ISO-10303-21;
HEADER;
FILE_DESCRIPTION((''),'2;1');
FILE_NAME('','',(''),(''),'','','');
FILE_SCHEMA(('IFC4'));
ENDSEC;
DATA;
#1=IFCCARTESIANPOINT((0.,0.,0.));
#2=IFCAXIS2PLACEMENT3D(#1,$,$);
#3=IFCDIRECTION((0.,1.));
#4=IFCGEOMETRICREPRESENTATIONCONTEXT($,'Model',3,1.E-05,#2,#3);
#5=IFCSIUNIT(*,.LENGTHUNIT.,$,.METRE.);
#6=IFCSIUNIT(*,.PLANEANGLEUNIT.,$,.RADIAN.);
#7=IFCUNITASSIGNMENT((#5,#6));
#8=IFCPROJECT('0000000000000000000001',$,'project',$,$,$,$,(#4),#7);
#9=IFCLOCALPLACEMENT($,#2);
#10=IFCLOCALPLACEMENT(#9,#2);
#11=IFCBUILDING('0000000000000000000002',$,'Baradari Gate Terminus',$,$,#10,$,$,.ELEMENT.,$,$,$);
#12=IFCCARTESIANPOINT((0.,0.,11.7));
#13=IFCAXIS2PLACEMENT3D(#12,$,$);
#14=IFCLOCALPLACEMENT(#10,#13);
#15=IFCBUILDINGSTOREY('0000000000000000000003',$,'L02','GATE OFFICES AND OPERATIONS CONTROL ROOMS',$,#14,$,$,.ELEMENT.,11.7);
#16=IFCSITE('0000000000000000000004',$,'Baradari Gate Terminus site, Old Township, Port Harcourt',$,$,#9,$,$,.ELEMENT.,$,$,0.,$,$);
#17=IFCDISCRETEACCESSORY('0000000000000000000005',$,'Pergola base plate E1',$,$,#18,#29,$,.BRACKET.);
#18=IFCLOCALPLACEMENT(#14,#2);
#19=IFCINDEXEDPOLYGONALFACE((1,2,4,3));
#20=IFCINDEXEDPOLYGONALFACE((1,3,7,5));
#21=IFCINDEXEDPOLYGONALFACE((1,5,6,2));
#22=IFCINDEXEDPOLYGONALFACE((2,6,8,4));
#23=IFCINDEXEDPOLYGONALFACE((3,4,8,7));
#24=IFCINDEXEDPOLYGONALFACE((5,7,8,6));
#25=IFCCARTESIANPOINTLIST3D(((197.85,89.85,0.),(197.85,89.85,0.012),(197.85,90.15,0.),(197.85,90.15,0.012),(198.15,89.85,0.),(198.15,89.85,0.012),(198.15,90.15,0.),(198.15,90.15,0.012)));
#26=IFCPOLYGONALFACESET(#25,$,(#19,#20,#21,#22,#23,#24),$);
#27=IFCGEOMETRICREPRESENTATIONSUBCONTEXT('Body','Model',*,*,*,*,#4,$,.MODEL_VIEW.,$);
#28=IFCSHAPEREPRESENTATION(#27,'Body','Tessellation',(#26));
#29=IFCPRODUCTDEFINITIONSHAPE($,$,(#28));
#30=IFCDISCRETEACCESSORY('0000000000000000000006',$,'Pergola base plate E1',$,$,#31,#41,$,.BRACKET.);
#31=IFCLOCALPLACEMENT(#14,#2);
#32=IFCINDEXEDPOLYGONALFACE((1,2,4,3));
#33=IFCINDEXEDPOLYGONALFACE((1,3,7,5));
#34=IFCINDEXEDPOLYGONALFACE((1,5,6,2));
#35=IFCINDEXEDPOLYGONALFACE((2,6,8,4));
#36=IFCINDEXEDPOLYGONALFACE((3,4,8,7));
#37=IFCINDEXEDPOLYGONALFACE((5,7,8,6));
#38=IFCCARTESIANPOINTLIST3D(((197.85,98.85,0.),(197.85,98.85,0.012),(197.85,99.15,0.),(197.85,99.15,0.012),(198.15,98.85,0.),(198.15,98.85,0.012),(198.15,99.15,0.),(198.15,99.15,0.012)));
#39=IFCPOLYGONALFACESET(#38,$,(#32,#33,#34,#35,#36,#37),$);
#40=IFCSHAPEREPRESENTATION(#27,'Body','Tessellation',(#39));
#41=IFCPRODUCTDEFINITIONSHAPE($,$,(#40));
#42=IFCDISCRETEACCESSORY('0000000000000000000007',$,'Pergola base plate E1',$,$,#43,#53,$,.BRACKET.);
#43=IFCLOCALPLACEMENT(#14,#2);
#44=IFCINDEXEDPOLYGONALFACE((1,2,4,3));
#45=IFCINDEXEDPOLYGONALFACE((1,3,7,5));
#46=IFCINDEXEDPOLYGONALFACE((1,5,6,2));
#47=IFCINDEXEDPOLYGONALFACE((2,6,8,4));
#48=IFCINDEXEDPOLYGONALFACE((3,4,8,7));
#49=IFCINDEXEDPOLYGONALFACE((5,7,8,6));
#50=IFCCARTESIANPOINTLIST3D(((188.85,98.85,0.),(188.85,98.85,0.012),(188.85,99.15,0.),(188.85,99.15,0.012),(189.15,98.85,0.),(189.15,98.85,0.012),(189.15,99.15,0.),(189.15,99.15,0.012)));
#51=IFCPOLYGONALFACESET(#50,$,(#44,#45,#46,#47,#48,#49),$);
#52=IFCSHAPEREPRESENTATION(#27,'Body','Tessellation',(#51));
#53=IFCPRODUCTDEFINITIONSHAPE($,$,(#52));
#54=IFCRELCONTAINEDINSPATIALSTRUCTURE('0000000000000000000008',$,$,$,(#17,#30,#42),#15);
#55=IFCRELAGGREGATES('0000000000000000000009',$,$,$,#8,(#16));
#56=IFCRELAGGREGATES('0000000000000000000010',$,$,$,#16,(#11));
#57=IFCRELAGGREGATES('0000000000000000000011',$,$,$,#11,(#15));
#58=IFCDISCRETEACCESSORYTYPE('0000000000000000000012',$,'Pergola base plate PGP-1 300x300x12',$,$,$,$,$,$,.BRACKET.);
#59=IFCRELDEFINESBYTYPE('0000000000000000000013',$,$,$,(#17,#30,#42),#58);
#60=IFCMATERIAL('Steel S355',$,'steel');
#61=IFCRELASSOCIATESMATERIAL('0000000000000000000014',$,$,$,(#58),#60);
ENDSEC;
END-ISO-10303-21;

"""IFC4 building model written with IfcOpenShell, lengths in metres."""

from ifc_helpers import new_model, si_unit, direction, frame, origin, origin_2d, place, context, subcontext, project, spatial, rectangle, extrude, material, type_object, element, save


model = new_model("IFC4")

# Units and contexts
model_context = context("Model", 3, precision=1e-05, world=origin(), true_north=direction((0.0, 1.0)))
body_context = subcontext(model_context, "Body", "Model", "MODEL_VIEW")
ifc_project = project(units=[si_unit("LENGTHUNIT", "METRE"), si_unit("PLANEANGLEUNIT", "RADIAN")], contexts=[model_context])

# Site, building, storey
site_placement = place(None, origin())
site = spatial("IfcSite", under=ifc_project, at=site_placement, Name="Baradari Gate Terminus site, Old Township, Port Harcourt", CompositionType="ELEMENT", RefElevation=0.0)
building_placement = place(site_placement, origin())
building = spatial("IfcBuilding", under=site, at=building_placement, Name="Baradari Gate Terminus", CompositionType="ELEMENT")
storey_placement = place(building_placement, frame((0.0, 0.0, 11.7)))
storey = spatial("IfcBuildingStorey", under=building, at=storey_placement, Name="L02", Description="GATE OFFICES AND OPERATIONS CONTROL ROOMS", CompositionType="ELEMENT", Elevation=11.7)

# Discrete accessories
ifc_material_1 = material(Name="Steel S355", Category="steel")
discrete_accessory_type = type_object("IfcDiscreteAccessoryType", Name="Pergola base plate PGP-1 300x300x12", PredefinedType="BRACKET", material=ifc_material_1)
for number, where, z_axis, x_axis, name in (
    (1, (198.0, 90.0, 0.0), (0.0, 0.0, 1.0), (1.0, 0.0, 0.0), "Pergola base plate E1"),
    (2, (198.0, 99.0, 0.0), (0.0, 0.0, 1.0), (1.0, 0.0, 0.0), "Pergola base plate E1"),
    (3, (189.0, 99.0, 0.0), (0.0, 0.0, 1.0), (1.0, 0.0, 0.0), "Pergola base plate E1"),
):
    element("IfcDiscreteAccessory", number, at=place(storey_placement, frame(where, z_axis=z_axis, x_axis=x_axis)), inside=storey, type_object=discrete_accessory_type, Name=name, PredefinedType="BRACKET", context=body_context, shape_type="SweptSolid", body=[
        extrude(rectangle(XDim=0.3, YDim=0.3, at=origin_2d()), origin(), (0.0, 0.0, 1.0), 0.012),
    ])

save(model, "model.ifc")
